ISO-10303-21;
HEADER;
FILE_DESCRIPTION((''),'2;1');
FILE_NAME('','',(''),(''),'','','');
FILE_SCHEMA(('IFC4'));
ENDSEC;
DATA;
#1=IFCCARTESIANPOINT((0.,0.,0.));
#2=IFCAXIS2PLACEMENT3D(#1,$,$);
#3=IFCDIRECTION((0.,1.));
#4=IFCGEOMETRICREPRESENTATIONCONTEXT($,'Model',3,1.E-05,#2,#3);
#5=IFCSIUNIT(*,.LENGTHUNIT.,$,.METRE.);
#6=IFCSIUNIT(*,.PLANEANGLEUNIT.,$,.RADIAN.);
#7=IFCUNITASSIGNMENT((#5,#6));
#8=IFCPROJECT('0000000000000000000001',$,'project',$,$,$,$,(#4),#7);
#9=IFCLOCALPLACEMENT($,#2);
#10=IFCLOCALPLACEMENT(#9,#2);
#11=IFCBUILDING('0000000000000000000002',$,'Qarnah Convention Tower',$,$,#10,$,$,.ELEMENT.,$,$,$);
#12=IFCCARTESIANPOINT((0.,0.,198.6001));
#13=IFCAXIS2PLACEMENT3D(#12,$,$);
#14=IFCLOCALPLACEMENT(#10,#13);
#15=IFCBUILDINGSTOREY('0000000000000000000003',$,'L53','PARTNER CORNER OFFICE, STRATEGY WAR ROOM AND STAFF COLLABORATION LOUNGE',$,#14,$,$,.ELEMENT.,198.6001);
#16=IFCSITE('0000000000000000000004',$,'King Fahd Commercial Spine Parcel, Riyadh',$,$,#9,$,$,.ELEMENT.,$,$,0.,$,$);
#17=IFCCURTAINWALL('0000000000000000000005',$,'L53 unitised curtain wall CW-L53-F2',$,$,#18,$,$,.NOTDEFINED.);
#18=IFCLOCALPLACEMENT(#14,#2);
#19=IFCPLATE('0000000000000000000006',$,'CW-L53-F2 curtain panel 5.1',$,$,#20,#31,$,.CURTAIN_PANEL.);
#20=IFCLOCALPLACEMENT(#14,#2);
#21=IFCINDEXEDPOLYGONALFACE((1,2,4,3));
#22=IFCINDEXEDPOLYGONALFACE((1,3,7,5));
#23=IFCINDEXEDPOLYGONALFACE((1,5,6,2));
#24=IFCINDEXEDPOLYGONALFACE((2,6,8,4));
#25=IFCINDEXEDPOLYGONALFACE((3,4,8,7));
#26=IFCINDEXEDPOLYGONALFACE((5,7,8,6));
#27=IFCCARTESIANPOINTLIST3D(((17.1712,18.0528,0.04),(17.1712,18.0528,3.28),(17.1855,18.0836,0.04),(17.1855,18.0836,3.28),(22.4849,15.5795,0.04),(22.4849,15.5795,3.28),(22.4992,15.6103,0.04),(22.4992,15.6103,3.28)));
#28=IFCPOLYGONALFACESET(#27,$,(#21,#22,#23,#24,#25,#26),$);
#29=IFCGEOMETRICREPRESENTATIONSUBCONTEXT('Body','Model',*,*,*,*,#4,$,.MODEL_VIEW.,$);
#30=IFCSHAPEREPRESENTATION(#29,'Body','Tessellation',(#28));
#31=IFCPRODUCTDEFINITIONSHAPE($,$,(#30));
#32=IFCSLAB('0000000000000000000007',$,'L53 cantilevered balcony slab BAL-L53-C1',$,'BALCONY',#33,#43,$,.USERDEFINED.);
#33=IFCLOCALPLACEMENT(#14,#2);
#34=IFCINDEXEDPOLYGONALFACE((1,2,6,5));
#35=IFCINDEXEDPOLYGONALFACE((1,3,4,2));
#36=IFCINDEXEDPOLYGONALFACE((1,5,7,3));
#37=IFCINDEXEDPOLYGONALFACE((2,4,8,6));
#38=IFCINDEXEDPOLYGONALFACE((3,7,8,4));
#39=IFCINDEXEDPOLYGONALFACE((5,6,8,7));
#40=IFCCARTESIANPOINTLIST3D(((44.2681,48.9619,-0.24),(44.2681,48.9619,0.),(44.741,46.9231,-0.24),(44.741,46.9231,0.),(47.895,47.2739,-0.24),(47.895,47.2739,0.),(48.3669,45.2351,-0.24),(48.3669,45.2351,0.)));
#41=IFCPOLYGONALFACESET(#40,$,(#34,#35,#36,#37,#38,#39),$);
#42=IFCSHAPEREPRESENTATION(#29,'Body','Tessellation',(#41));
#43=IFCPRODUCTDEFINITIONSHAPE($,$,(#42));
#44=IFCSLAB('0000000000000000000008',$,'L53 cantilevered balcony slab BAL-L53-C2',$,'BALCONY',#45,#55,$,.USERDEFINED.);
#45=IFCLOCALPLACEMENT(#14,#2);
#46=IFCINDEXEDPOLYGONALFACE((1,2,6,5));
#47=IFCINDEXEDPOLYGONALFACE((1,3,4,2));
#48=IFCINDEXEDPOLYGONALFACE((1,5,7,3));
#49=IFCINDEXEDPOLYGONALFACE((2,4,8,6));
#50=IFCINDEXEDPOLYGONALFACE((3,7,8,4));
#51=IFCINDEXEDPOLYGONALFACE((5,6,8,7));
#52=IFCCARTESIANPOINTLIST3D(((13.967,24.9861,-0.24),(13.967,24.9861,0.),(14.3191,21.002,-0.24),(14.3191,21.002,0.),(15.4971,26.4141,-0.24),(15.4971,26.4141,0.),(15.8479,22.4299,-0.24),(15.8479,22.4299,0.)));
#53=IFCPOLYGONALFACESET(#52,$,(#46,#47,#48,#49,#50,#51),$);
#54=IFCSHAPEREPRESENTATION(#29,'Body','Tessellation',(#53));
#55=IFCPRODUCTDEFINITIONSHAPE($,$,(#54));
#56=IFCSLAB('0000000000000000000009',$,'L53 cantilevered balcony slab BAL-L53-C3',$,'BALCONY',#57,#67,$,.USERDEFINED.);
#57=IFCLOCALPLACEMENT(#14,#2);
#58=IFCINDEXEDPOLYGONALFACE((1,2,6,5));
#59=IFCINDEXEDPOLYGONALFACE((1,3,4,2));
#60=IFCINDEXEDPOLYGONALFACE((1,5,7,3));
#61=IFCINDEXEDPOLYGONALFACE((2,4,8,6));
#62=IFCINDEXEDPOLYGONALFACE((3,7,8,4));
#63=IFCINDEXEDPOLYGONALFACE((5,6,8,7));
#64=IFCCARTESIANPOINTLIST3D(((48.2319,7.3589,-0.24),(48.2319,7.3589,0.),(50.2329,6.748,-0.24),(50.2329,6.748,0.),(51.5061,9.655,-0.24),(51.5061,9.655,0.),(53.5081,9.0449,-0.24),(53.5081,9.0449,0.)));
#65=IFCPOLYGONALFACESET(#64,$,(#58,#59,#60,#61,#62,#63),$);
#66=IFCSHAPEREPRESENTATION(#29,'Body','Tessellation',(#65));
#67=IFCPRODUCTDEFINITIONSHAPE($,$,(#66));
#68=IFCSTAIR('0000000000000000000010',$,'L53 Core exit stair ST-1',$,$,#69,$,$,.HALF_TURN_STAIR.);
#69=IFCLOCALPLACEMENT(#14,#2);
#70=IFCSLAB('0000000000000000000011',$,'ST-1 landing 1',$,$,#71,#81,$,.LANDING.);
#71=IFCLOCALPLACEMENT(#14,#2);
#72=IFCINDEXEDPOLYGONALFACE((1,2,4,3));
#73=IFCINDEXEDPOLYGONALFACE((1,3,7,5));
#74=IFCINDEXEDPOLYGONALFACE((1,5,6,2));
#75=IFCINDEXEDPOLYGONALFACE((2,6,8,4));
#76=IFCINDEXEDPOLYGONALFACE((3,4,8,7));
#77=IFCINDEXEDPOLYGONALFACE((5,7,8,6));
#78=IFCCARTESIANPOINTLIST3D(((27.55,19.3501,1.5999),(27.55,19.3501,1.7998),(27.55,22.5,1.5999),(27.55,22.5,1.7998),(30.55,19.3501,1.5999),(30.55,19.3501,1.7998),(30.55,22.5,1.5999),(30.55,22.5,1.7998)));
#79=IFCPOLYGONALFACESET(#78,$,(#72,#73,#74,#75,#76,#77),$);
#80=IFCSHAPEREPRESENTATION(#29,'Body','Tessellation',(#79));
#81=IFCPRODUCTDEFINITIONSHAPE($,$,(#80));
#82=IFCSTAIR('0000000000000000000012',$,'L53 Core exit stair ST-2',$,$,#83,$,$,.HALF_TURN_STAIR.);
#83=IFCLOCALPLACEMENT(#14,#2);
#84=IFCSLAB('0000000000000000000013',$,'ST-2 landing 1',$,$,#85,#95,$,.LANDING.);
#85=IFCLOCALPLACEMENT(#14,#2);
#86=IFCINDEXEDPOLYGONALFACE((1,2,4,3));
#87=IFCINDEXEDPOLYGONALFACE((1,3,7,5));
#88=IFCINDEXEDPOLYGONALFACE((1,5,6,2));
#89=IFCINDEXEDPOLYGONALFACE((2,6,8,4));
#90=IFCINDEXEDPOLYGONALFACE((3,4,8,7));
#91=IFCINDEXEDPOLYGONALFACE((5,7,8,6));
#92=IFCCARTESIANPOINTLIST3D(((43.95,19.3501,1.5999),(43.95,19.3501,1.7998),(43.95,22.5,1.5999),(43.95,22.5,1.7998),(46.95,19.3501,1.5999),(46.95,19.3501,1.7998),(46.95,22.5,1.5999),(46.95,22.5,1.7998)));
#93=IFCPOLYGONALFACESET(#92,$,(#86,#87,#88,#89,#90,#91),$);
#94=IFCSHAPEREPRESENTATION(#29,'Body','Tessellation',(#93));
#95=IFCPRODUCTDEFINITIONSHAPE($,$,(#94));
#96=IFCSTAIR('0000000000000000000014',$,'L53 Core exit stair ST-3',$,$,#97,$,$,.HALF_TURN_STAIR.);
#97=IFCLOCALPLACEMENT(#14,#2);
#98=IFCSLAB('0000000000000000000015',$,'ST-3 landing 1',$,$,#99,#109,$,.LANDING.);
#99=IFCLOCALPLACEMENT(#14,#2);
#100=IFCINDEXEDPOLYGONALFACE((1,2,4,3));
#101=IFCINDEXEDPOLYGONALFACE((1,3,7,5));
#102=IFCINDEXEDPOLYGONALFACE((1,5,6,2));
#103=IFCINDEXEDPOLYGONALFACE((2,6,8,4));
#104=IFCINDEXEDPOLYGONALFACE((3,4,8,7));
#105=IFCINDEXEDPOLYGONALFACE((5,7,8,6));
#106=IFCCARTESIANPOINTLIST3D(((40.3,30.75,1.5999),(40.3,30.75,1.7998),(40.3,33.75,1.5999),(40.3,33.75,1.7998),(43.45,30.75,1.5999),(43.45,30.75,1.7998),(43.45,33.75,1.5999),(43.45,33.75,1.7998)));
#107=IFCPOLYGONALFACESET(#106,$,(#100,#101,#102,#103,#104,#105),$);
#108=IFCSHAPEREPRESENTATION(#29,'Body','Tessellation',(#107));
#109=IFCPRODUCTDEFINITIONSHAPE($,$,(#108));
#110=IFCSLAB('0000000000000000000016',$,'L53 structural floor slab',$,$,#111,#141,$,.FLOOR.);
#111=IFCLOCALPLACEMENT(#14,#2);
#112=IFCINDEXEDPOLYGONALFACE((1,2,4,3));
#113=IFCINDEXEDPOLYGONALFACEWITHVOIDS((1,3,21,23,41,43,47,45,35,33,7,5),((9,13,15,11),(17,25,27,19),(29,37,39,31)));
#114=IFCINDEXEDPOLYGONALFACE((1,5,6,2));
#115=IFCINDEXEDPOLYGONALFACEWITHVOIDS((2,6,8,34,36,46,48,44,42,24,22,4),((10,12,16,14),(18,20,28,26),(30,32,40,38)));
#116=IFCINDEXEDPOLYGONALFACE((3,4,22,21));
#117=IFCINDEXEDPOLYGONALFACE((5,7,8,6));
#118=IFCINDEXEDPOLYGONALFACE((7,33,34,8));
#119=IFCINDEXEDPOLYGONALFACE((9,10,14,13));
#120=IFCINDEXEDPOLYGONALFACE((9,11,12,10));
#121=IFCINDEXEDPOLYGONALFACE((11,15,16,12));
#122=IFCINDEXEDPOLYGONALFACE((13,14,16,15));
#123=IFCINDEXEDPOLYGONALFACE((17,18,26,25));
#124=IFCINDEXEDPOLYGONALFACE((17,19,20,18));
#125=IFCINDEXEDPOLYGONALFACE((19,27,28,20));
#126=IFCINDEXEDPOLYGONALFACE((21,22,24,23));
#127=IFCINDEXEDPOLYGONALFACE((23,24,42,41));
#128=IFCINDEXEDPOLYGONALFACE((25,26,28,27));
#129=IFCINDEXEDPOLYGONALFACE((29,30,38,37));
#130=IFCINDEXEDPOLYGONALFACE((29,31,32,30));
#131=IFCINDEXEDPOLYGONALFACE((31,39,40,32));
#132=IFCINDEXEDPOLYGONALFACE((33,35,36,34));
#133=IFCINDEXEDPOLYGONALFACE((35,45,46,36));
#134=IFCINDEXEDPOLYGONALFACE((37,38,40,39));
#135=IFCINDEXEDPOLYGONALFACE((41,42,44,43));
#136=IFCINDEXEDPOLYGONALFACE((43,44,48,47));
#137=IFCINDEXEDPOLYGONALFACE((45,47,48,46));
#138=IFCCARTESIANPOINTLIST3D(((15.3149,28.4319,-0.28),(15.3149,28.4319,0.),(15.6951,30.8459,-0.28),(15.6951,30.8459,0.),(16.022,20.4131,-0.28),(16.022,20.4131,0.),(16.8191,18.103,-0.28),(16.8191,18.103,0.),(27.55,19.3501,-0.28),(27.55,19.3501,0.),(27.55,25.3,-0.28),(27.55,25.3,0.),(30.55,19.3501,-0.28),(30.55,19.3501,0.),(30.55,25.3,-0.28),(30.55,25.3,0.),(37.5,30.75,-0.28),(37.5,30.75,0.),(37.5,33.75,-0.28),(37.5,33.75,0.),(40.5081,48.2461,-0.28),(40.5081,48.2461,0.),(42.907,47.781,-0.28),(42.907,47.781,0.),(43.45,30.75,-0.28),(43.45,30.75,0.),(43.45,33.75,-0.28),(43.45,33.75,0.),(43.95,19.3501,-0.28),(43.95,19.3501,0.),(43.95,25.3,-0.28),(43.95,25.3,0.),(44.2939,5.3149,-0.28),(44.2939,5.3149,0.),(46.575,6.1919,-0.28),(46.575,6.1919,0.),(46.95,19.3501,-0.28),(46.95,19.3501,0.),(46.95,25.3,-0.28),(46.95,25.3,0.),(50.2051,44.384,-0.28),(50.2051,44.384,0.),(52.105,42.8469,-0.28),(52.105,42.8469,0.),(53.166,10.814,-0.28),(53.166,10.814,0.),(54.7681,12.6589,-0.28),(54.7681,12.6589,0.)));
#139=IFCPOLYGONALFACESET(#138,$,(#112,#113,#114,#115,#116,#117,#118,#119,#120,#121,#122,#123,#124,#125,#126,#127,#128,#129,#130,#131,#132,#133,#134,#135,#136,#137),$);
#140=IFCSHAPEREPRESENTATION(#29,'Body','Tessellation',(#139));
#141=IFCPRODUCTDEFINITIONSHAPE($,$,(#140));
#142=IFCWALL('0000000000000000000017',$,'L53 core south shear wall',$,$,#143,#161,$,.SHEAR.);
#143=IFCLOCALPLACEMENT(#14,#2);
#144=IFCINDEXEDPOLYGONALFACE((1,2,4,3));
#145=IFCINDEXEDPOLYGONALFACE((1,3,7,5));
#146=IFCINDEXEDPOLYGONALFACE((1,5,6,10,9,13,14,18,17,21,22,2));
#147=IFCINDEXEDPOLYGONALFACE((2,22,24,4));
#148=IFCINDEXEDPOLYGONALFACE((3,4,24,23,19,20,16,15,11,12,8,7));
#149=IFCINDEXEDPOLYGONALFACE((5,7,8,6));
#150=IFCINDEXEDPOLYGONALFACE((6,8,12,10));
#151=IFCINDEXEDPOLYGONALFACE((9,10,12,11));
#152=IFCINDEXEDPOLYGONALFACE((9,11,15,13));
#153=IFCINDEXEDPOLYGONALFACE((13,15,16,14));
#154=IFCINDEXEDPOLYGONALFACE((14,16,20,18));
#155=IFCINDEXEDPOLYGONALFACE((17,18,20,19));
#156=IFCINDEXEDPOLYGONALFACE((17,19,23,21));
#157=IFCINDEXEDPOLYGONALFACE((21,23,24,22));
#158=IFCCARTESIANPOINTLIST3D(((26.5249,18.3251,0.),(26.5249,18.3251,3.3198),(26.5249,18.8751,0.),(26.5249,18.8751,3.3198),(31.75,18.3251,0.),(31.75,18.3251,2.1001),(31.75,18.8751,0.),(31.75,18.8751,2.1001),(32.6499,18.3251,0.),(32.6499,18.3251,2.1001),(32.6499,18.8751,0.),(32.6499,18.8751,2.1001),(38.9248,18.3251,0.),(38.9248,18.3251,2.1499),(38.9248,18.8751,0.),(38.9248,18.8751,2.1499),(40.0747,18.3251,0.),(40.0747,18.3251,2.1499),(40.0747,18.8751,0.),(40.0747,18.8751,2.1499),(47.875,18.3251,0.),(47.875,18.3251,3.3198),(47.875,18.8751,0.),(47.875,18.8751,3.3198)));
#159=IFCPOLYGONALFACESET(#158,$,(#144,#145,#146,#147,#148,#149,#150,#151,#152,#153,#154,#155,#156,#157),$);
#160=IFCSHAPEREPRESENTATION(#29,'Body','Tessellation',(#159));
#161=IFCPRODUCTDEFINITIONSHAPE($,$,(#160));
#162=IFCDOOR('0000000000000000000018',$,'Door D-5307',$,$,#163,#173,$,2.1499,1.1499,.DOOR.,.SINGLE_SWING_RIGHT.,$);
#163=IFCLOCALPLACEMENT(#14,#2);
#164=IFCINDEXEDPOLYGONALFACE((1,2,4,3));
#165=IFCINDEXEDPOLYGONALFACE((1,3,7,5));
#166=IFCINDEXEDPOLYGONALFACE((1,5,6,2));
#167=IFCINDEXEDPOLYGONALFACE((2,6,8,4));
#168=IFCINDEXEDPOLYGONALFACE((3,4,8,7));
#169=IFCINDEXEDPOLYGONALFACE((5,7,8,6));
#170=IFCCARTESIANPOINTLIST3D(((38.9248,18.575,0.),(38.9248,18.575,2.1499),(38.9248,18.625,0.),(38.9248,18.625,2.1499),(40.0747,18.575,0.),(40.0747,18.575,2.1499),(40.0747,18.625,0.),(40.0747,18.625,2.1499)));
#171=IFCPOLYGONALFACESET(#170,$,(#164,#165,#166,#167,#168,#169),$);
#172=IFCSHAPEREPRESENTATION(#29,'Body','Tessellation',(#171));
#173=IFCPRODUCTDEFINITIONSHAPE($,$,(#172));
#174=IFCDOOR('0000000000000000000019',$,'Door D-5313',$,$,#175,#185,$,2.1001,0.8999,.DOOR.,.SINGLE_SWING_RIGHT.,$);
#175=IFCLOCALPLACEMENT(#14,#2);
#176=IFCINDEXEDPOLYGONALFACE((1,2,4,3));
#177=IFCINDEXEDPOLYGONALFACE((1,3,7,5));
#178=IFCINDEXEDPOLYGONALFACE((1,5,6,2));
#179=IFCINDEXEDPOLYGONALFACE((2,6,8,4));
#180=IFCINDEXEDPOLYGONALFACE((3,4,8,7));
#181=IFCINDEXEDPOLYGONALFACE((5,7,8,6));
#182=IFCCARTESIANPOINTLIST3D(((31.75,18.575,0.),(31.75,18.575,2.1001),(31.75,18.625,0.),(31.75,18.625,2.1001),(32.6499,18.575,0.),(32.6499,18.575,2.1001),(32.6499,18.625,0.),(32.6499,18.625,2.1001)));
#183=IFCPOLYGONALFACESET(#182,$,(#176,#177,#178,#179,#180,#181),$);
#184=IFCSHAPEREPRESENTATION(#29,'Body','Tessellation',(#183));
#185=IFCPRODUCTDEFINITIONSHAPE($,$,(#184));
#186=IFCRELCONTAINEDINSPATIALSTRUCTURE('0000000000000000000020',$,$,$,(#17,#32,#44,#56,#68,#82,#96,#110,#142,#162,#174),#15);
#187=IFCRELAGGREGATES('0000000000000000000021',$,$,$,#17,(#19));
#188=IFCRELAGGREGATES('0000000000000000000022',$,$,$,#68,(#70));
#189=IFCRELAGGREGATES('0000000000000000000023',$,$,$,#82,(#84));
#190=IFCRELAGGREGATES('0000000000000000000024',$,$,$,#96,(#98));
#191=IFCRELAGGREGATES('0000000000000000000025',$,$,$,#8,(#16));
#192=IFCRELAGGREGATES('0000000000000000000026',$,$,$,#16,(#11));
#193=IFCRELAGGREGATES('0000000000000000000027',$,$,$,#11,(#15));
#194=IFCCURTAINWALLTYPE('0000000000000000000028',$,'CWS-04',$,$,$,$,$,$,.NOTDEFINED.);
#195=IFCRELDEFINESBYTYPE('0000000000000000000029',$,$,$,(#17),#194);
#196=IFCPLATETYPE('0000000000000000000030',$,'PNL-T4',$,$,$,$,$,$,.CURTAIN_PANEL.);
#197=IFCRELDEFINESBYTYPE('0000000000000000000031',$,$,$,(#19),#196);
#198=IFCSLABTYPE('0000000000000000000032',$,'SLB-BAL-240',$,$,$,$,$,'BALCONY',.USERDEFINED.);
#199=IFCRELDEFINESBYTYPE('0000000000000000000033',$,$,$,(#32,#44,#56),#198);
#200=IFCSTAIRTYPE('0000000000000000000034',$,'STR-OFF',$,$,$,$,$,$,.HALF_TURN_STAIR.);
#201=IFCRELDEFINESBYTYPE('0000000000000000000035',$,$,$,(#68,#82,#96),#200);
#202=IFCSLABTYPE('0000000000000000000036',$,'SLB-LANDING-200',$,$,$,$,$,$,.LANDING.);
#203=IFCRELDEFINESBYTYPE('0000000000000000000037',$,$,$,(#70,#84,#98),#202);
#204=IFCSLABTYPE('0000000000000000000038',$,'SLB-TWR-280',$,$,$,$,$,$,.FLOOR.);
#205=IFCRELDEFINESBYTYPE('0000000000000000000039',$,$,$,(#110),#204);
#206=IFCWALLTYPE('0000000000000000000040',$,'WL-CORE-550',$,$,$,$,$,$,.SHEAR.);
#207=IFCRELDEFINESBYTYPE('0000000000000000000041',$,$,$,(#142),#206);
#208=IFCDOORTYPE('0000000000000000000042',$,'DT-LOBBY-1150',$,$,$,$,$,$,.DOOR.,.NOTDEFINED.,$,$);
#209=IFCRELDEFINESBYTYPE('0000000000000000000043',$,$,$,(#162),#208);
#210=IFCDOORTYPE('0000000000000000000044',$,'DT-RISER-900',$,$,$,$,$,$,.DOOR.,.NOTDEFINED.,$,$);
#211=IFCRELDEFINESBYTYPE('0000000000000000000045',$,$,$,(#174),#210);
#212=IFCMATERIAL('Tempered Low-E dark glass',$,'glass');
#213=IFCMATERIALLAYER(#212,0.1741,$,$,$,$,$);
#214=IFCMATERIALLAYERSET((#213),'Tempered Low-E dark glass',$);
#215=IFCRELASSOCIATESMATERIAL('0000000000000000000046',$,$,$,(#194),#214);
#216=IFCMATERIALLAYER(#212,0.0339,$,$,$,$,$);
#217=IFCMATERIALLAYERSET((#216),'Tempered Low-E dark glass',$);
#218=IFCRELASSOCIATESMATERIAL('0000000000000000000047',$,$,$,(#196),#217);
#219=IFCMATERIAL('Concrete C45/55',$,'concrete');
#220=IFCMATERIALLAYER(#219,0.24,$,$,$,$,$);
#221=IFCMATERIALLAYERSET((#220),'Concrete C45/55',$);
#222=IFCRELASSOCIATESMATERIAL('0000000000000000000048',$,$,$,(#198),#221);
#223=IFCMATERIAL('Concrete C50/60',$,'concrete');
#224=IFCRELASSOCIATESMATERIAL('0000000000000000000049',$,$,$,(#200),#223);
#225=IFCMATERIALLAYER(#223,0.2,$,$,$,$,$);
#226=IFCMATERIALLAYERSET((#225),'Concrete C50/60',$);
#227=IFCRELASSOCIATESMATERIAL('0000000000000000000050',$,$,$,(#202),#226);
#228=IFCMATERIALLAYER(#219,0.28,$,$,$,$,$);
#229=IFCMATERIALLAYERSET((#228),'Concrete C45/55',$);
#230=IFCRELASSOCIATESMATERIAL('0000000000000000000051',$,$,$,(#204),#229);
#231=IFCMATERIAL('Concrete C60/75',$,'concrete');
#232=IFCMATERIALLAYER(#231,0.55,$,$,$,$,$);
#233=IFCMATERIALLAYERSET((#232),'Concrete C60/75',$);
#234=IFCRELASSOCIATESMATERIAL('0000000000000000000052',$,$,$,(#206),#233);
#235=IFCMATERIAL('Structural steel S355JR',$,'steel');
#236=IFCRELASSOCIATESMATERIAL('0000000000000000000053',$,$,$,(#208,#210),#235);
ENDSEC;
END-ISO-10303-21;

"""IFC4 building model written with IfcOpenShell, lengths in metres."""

from ifc_helpers import new_model, si_unit, direction, frame, frame_2d, origin, origin_2d, place, context, subcontext, project, spatial, polyline, rectangle, outline, extrude, material, layer, layer_set, type_object, element, fill, aggregate, save


model = new_model("IFC4")

# Units and contexts
model_context = context("Model", 3, precision=1e-05, world=origin(), true_north=direction((0.0, 1.0)))
body_context = subcontext(model_context, "Body", "Model", "MODEL_VIEW")
ifc_project = project(units=[si_unit("LENGTHUNIT", "METRE"), si_unit("PLANEANGLEUNIT", "RADIAN")], contexts=[model_context])

# Site, building, storey
site_placement = place(None, origin())
site = spatial("IfcSite", under=ifc_project, at=site_placement, Name="King Fahd Commercial Spine Parcel, Riyadh", CompositionType="ELEMENT", RefElevation=0.0)
building_placement = place(site_placement, origin())
building = spatial("IfcBuilding", under=site, at=building_placement, Name="Qarnah Convention Tower", CompositionType="ELEMENT")
storey_placement = place(building_placement, frame((0.0, 0.0, 198.6001)))
storey = spatial("IfcBuildingStorey", under=building, at=storey_placement, Name="L53", Description="PARTNER CORNER OFFICE, STRATEGY WAR ROOM AND STAFF COLLABORATION LOUNGE", CompositionType="ELEMENT", Elevation=198.6001)

# Shared definitions
ifc_material_1 = material(Name="Concrete C50/60", Category="concrete")

# Shared definitions
ifc_material_2 = material(Name="Structural steel S355JR", Category="steel")

# Curtain wall, plate
ifc_material_3 = material(Name="Tempered Low-E dark glass", Category="glass")
ifc_layer_1 = layer(ifc_material_3, 0.1741)
ifc_layer_set_1 = layer_set([ifc_layer_1], Name="Tempered Low-E dark glass")
curtain_wall_type = type_object("IfcCurtainWallType", Name="CWS-04", PredefinedType="NOTDEFINED", material=ifc_layer_set_1)
curtain_wall_placement = place(storey_placement, origin())
curtain_wall = element("IfcCurtainWall", 1, at=curtain_wall_placement, inside=storey, type_object=curtain_wall_type, Name="L53 unitised curtain wall CW-L53-F2", PredefinedType="NOTDEFINED")
ifc_layer_2 = layer(ifc_material_3, 0.0339)
ifc_layer_set_2 = layer_set([ifc_layer_2], Name="Tempered Low-E dark glass")
plate_type = type_object("IfcPlateType", Name="PNL-T4", PredefinedType="CURTAIN_PANEL", material=ifc_layer_set_2)
plate_1_placement = place(storey_placement, frame((19.8352, 16.8315, 0.04), z_axis=(0.0, 0.0, 1.0), x_axis=(-0.906606, 0.421979, 0.0)))
plate_1 = element("IfcPlate", 2, at=plate_1_placement, type_object=plate_type, Name="CW-L53-F2 curtain panel 5.1", PredefinedType="CURTAIN_PANEL", context=body_context, shape_type="SweptSolid", body=[
    extrude(rectangle(XDim=5.8611, YDim=0.0339, at=origin_2d()), origin(), (0.0, 0.0, 1.0), 3.24),
])
aggregate(curtain_wall, [plate_1])

# Slabs
ifc_material_4 = material(Name="Concrete C45/55", Category="concrete")
ifc_layer_3 = layer(ifc_material_4, 0.24)
ifc_layer_set_3 = layer_set([ifc_layer_3], Name="Concrete C45/55")
slab_type_1 = type_object("IfcSlabType", Name="SLB-BAL-240", ElementType="BALCONY", PredefinedType="USERDEFINED", material=ifc_layer_set_3)
slab_1_placement = place(storey_placement, frame((0.0, 0.0, -0.24)))
element("IfcSlab", 3, at=slab_1_placement, inside=storey, type_object=slab_type_1, Name="L53 cantilevered balcony slab BAL-L53-C1", ObjectType="BALCONY", PredefinedType="USERDEFINED", context=body_context, shape_type="SweptSolid", body=[
    extrude(outline(polyline([(44.2681, 48.9619), (47.895, 47.2739), (48.3669, 45.2351), (44.741, 46.9231), (44.2681, 48.9619)])), origin(), (0.0, 0.0, 1.0), 0.24),
])
slab_2_placement = place(storey_placement, frame((0.0, 0.0, -0.24)))
element("IfcSlab", 4, at=slab_2_placement, inside=storey, type_object=slab_type_1, Name="L53 cantilevered balcony slab BAL-L53-C2", ObjectType="BALCONY", PredefinedType="USERDEFINED", context=body_context, shape_type="SweptSolid", body=[
    extrude(outline(polyline([(14.3191, 21.002), (13.967, 24.9861), (15.4971, 26.4141), (15.8479, 22.4299), (14.3191, 21.002)])), origin(), (0.0, 0.0, 1.0), 0.24),
])
slab_3_placement = place(storey_placement, frame((0.0, 0.0, -0.24)))
element("IfcSlab", 5, at=slab_3_placement, inside=storey, type_object=slab_type_1, Name="L53 cantilevered balcony slab BAL-L53-C3", ObjectType="BALCONY", PredefinedType="USERDEFINED", context=body_context, shape_type="SweptSolid", body=[
    extrude(outline(polyline([(53.5081, 9.0449), (50.2329, 6.748), (48.2319, 7.3589), (51.5061, 9.655), (53.5081, 9.0449)])), origin(), (0.0, 0.0, 1.0), 0.24),
])

# Stairs, slabs
stair_type = type_object("IfcStairType", Name="STR-OFF", PredefinedType="HALF_TURN_STAIR", material=ifc_material_1)
stair_1_placement = place(storey_placement, origin())
stair_1 = element("IfcStair", 6, at=stair_1_placement, inside=storey, type_object=stair_type, Name="L53 Core exit stair ST-1", PredefinedType="HALF_TURN_STAIR")
ifc_layer_4 = layer(ifc_material_1, 0.2)
ifc_layer_set_4 = layer_set([ifc_layer_4], Name="Concrete C50/60")
slab_type_2 = type_object("IfcSlabType", Name="SLB-LANDING-200", PredefinedType="LANDING", material=ifc_layer_set_4)
slab_4_placement = place(storey_placement, frame((0.0, 0.0, 1.5999)))
slab_4 = element("IfcSlab", 7, at=slab_4_placement, type_object=slab_type_2, Name="ST-1 landing 1", PredefinedType="LANDING", context=body_context, shape_type="SweptSolid", body=[
    extrude(outline(polyline([(27.55, 22.5), (27.55, 19.3501), (30.55, 19.3501), (30.55, 22.5), (27.55, 22.5)])), origin(), (0.0, 0.0, 1.0), 0.2),
])
aggregate(stair_1, [slab_4])
stair_2_placement = place(storey_placement, origin())
stair_2 = element("IfcStair", 8, at=stair_2_placement, inside=storey, type_object=stair_type, Name="L53 Core exit stair ST-2", PredefinedType="HALF_TURN_STAIR")
slab_5_placement = place(storey_placement, frame((0.0, 0.0, 1.5999)))
slab_5 = element("IfcSlab", 9, at=slab_5_placement, type_object=slab_type_2, Name="ST-2 landing 1", PredefinedType="LANDING", context=body_context, shape_type="SweptSolid", body=[
    extrude(outline(polyline([(43.95, 22.5), (43.95, 19.3501), (46.95, 19.3501), (46.95, 22.5), (43.95, 22.5)])), origin(), (0.0, 0.0, 1.0), 0.2),
])
aggregate(stair_2, [slab_5])
stair_3_placement = place(storey_placement, origin())
stair_3 = element("IfcStair", 10, at=stair_3_placement, inside=storey, type_object=stair_type, Name="L53 Core exit stair ST-3", PredefinedType="HALF_TURN_STAIR")
slab_6_placement = place(storey_placement, frame((0.0, 0.0, 1.5999)))
slab_6 = element("IfcSlab", 11, at=slab_6_placement, type_object=slab_type_2, Name="ST-3 landing 1", PredefinedType="LANDING", context=body_context, shape_type="SweptSolid", body=[
    extrude(outline(polyline([(40.3, 30.75), (43.45, 30.75), (43.45, 33.75), (40.3, 33.75), (40.3, 30.75)])), origin(), (0.0, 0.0, 1.0), 0.2),
])
aggregate(stair_3, [slab_6])

# Slab
ifc_layer_5 = layer(ifc_material_4, 0.28)
ifc_layer_set_5 = layer_set([ifc_layer_5], Name="Concrete C45/55")
slab_type_3 = type_object("IfcSlabType", Name="SLB-TWR-280", PredefinedType="FLOOR", material=ifc_layer_set_5)
slab_7_placement = place(storey_placement, frame((0.0, 0.0, -0.28)))
element("IfcSlab", 12, at=slab_7_placement, inside=storey, type_object=slab_type_3, Name="L53 structural floor slab", PredefinedType="FLOOR", context=body_context, shape_type="SweptSolid", body=[
    extrude(outline(polyline([(40.5081, 48.2461), (15.6951, 30.8459), (15.3149, 28.4319), (16.022, 20.4131), (16.8191, 18.103), (44.2939, 5.3149), (46.575, 6.1919), (53.166, 10.814), (54.7681, 12.6589), (52.105, 42.8469), (50.2051, 44.384), (42.907, 47.781), (40.5081, 48.2461)]), holes=[polyline([(27.55, 25.3), (27.55, 19.3501), (30.55, 19.3501), (30.55, 25.3), (27.55, 25.3)]), polyline([(43.95, 25.3), (43.95, 19.3501), (46.95, 19.3501), (46.95, 25.3), (43.95, 25.3)]), polyline([(37.5, 30.75), (43.45, 30.75), (43.45, 33.75), (37.5, 33.75), (37.5, 30.75)])]), origin(), (0.0, 0.0, 1.0), 0.28),
])

# Wall, openings, doors
ifc_material_5 = material(Name="Concrete C60/75", Category="concrete")
ifc_layer_6 = layer(ifc_material_5, 0.55)
ifc_layer_set_6 = layer_set([ifc_layer_6], Name="Concrete C60/75")
wall_type_1 = type_object("IfcWallType", Name="WL-CORE-550", PredefinedType="SHEAR", material=ifc_layer_set_6)
wall_1_placement = place(storey_placement, frame((26.5249, 18.6001, 0.0), z_axis=(0.0, 0.0, 1.0), x_axis=(1.0, 0.0, 0.0)))
wall_1 = element("IfcWall", 13, at=wall_1_placement, inside=storey, type_object=wall_type_1, Name="L53 core south shear wall", PredefinedType="SHEAR", context=body_context, shape_type="SweptSolid", body=[
    extrude(rectangle(XDim=21.3501, YDim=0.55, at=frame_2d((10.675, 0.0))), origin(), (0.0, 0.0, 1.0), 3.3198),
])
opening_1_placement = place(wall_1_placement, frame((12.3999, 0.0, 0.0)))
opening_1 = element("IfcOpeningElement", 14, at=opening_1_placement, cuts=wall_1, PredefinedType="OPENING", context=body_context, shape_type="SweptSolid", body=[
    extrude(rectangle(XDim=1.1499, YDim=2.1499, at=frame_2d((0.575, 1.075))), frame((0.0, 0.2849, 0.0), z_axis=(0.0, -1.0, 0.0), x_axis=(1.0, 0.0, 0.0)), (0.0, 0.0, 1.0), 0.5701),
])
opening_2_placement = place(wall_1_placement, frame((5.2251, 0.0, 0.0)))
opening_2 = element("IfcOpeningElement", 15, at=opening_2_placement, cuts=wall_1, PredefinedType="OPENING", context=body_context, shape_type="SweptSolid", body=[
    extrude(rectangle(XDim=0.8999, YDim=2.1001, at=frame_2d((0.45, 1.05))), frame((0.0, 0.2849, 0.0), z_axis=(0.0, -1.0, 0.0), x_axis=(1.0, 0.0, 0.0)), (0.0, 0.0, 1.0), 0.5701),
])
door_type_1 = type_object("IfcDoorType", Name="DT-LOBBY-1150", OperationType="NOTDEFINED", PredefinedType="DOOR", material=ifc_material_2)
door_1_placement = place(opening_1_placement, origin())
door_1 = element("IfcDoor", 16, at=door_1_placement, inside=storey, type_object=door_type_1, Name="Door D-5307", OperationType="SINGLE_SWING_RIGHT", OverallHeight=2.1499, OverallWidth=1.1499, PredefinedType="DOOR", context=body_context, shape_type="SweptSolid", body=[
    extrude(rectangle(XDim=1.1499, YDim=2.1499, at=frame_2d((0.575, 1.075))), frame((0.0, 0.0249, 0.0), z_axis=(0.0, -1.0, 0.0), x_axis=(1.0, 0.0, 0.0)), (0.0, 0.0, 1.0), 0.05),
])
fill(opening_1, door_1)
door_type_2 = type_object("IfcDoorType", Name="DT-RISER-900", OperationType="NOTDEFINED", PredefinedType="DOOR", material=ifc_material_2)
door_2_placement = place(opening_2_placement, origin())
door_2 = element("IfcDoor", 17, at=door_2_placement, inside=storey, type_object=door_type_2, Name="Door D-5313", OperationType="SINGLE_SWING_RIGHT", OverallHeight=2.1001, OverallWidth=0.8999, PredefinedType="DOOR", context=body_context, shape_type="SweptSolid", body=[
    extrude(rectangle(XDim=0.8999, YDim=2.1001, at=frame_2d((0.45, 1.05))), frame((0.0, 0.0249, 0.0), z_axis=(0.0, -1.0, 0.0), x_axis=(1.0, 0.0, 0.0)), (0.0, 0.0, 1.0), 0.05),
])
fill(opening_2, door_2)

save(model, "model.ifc")
